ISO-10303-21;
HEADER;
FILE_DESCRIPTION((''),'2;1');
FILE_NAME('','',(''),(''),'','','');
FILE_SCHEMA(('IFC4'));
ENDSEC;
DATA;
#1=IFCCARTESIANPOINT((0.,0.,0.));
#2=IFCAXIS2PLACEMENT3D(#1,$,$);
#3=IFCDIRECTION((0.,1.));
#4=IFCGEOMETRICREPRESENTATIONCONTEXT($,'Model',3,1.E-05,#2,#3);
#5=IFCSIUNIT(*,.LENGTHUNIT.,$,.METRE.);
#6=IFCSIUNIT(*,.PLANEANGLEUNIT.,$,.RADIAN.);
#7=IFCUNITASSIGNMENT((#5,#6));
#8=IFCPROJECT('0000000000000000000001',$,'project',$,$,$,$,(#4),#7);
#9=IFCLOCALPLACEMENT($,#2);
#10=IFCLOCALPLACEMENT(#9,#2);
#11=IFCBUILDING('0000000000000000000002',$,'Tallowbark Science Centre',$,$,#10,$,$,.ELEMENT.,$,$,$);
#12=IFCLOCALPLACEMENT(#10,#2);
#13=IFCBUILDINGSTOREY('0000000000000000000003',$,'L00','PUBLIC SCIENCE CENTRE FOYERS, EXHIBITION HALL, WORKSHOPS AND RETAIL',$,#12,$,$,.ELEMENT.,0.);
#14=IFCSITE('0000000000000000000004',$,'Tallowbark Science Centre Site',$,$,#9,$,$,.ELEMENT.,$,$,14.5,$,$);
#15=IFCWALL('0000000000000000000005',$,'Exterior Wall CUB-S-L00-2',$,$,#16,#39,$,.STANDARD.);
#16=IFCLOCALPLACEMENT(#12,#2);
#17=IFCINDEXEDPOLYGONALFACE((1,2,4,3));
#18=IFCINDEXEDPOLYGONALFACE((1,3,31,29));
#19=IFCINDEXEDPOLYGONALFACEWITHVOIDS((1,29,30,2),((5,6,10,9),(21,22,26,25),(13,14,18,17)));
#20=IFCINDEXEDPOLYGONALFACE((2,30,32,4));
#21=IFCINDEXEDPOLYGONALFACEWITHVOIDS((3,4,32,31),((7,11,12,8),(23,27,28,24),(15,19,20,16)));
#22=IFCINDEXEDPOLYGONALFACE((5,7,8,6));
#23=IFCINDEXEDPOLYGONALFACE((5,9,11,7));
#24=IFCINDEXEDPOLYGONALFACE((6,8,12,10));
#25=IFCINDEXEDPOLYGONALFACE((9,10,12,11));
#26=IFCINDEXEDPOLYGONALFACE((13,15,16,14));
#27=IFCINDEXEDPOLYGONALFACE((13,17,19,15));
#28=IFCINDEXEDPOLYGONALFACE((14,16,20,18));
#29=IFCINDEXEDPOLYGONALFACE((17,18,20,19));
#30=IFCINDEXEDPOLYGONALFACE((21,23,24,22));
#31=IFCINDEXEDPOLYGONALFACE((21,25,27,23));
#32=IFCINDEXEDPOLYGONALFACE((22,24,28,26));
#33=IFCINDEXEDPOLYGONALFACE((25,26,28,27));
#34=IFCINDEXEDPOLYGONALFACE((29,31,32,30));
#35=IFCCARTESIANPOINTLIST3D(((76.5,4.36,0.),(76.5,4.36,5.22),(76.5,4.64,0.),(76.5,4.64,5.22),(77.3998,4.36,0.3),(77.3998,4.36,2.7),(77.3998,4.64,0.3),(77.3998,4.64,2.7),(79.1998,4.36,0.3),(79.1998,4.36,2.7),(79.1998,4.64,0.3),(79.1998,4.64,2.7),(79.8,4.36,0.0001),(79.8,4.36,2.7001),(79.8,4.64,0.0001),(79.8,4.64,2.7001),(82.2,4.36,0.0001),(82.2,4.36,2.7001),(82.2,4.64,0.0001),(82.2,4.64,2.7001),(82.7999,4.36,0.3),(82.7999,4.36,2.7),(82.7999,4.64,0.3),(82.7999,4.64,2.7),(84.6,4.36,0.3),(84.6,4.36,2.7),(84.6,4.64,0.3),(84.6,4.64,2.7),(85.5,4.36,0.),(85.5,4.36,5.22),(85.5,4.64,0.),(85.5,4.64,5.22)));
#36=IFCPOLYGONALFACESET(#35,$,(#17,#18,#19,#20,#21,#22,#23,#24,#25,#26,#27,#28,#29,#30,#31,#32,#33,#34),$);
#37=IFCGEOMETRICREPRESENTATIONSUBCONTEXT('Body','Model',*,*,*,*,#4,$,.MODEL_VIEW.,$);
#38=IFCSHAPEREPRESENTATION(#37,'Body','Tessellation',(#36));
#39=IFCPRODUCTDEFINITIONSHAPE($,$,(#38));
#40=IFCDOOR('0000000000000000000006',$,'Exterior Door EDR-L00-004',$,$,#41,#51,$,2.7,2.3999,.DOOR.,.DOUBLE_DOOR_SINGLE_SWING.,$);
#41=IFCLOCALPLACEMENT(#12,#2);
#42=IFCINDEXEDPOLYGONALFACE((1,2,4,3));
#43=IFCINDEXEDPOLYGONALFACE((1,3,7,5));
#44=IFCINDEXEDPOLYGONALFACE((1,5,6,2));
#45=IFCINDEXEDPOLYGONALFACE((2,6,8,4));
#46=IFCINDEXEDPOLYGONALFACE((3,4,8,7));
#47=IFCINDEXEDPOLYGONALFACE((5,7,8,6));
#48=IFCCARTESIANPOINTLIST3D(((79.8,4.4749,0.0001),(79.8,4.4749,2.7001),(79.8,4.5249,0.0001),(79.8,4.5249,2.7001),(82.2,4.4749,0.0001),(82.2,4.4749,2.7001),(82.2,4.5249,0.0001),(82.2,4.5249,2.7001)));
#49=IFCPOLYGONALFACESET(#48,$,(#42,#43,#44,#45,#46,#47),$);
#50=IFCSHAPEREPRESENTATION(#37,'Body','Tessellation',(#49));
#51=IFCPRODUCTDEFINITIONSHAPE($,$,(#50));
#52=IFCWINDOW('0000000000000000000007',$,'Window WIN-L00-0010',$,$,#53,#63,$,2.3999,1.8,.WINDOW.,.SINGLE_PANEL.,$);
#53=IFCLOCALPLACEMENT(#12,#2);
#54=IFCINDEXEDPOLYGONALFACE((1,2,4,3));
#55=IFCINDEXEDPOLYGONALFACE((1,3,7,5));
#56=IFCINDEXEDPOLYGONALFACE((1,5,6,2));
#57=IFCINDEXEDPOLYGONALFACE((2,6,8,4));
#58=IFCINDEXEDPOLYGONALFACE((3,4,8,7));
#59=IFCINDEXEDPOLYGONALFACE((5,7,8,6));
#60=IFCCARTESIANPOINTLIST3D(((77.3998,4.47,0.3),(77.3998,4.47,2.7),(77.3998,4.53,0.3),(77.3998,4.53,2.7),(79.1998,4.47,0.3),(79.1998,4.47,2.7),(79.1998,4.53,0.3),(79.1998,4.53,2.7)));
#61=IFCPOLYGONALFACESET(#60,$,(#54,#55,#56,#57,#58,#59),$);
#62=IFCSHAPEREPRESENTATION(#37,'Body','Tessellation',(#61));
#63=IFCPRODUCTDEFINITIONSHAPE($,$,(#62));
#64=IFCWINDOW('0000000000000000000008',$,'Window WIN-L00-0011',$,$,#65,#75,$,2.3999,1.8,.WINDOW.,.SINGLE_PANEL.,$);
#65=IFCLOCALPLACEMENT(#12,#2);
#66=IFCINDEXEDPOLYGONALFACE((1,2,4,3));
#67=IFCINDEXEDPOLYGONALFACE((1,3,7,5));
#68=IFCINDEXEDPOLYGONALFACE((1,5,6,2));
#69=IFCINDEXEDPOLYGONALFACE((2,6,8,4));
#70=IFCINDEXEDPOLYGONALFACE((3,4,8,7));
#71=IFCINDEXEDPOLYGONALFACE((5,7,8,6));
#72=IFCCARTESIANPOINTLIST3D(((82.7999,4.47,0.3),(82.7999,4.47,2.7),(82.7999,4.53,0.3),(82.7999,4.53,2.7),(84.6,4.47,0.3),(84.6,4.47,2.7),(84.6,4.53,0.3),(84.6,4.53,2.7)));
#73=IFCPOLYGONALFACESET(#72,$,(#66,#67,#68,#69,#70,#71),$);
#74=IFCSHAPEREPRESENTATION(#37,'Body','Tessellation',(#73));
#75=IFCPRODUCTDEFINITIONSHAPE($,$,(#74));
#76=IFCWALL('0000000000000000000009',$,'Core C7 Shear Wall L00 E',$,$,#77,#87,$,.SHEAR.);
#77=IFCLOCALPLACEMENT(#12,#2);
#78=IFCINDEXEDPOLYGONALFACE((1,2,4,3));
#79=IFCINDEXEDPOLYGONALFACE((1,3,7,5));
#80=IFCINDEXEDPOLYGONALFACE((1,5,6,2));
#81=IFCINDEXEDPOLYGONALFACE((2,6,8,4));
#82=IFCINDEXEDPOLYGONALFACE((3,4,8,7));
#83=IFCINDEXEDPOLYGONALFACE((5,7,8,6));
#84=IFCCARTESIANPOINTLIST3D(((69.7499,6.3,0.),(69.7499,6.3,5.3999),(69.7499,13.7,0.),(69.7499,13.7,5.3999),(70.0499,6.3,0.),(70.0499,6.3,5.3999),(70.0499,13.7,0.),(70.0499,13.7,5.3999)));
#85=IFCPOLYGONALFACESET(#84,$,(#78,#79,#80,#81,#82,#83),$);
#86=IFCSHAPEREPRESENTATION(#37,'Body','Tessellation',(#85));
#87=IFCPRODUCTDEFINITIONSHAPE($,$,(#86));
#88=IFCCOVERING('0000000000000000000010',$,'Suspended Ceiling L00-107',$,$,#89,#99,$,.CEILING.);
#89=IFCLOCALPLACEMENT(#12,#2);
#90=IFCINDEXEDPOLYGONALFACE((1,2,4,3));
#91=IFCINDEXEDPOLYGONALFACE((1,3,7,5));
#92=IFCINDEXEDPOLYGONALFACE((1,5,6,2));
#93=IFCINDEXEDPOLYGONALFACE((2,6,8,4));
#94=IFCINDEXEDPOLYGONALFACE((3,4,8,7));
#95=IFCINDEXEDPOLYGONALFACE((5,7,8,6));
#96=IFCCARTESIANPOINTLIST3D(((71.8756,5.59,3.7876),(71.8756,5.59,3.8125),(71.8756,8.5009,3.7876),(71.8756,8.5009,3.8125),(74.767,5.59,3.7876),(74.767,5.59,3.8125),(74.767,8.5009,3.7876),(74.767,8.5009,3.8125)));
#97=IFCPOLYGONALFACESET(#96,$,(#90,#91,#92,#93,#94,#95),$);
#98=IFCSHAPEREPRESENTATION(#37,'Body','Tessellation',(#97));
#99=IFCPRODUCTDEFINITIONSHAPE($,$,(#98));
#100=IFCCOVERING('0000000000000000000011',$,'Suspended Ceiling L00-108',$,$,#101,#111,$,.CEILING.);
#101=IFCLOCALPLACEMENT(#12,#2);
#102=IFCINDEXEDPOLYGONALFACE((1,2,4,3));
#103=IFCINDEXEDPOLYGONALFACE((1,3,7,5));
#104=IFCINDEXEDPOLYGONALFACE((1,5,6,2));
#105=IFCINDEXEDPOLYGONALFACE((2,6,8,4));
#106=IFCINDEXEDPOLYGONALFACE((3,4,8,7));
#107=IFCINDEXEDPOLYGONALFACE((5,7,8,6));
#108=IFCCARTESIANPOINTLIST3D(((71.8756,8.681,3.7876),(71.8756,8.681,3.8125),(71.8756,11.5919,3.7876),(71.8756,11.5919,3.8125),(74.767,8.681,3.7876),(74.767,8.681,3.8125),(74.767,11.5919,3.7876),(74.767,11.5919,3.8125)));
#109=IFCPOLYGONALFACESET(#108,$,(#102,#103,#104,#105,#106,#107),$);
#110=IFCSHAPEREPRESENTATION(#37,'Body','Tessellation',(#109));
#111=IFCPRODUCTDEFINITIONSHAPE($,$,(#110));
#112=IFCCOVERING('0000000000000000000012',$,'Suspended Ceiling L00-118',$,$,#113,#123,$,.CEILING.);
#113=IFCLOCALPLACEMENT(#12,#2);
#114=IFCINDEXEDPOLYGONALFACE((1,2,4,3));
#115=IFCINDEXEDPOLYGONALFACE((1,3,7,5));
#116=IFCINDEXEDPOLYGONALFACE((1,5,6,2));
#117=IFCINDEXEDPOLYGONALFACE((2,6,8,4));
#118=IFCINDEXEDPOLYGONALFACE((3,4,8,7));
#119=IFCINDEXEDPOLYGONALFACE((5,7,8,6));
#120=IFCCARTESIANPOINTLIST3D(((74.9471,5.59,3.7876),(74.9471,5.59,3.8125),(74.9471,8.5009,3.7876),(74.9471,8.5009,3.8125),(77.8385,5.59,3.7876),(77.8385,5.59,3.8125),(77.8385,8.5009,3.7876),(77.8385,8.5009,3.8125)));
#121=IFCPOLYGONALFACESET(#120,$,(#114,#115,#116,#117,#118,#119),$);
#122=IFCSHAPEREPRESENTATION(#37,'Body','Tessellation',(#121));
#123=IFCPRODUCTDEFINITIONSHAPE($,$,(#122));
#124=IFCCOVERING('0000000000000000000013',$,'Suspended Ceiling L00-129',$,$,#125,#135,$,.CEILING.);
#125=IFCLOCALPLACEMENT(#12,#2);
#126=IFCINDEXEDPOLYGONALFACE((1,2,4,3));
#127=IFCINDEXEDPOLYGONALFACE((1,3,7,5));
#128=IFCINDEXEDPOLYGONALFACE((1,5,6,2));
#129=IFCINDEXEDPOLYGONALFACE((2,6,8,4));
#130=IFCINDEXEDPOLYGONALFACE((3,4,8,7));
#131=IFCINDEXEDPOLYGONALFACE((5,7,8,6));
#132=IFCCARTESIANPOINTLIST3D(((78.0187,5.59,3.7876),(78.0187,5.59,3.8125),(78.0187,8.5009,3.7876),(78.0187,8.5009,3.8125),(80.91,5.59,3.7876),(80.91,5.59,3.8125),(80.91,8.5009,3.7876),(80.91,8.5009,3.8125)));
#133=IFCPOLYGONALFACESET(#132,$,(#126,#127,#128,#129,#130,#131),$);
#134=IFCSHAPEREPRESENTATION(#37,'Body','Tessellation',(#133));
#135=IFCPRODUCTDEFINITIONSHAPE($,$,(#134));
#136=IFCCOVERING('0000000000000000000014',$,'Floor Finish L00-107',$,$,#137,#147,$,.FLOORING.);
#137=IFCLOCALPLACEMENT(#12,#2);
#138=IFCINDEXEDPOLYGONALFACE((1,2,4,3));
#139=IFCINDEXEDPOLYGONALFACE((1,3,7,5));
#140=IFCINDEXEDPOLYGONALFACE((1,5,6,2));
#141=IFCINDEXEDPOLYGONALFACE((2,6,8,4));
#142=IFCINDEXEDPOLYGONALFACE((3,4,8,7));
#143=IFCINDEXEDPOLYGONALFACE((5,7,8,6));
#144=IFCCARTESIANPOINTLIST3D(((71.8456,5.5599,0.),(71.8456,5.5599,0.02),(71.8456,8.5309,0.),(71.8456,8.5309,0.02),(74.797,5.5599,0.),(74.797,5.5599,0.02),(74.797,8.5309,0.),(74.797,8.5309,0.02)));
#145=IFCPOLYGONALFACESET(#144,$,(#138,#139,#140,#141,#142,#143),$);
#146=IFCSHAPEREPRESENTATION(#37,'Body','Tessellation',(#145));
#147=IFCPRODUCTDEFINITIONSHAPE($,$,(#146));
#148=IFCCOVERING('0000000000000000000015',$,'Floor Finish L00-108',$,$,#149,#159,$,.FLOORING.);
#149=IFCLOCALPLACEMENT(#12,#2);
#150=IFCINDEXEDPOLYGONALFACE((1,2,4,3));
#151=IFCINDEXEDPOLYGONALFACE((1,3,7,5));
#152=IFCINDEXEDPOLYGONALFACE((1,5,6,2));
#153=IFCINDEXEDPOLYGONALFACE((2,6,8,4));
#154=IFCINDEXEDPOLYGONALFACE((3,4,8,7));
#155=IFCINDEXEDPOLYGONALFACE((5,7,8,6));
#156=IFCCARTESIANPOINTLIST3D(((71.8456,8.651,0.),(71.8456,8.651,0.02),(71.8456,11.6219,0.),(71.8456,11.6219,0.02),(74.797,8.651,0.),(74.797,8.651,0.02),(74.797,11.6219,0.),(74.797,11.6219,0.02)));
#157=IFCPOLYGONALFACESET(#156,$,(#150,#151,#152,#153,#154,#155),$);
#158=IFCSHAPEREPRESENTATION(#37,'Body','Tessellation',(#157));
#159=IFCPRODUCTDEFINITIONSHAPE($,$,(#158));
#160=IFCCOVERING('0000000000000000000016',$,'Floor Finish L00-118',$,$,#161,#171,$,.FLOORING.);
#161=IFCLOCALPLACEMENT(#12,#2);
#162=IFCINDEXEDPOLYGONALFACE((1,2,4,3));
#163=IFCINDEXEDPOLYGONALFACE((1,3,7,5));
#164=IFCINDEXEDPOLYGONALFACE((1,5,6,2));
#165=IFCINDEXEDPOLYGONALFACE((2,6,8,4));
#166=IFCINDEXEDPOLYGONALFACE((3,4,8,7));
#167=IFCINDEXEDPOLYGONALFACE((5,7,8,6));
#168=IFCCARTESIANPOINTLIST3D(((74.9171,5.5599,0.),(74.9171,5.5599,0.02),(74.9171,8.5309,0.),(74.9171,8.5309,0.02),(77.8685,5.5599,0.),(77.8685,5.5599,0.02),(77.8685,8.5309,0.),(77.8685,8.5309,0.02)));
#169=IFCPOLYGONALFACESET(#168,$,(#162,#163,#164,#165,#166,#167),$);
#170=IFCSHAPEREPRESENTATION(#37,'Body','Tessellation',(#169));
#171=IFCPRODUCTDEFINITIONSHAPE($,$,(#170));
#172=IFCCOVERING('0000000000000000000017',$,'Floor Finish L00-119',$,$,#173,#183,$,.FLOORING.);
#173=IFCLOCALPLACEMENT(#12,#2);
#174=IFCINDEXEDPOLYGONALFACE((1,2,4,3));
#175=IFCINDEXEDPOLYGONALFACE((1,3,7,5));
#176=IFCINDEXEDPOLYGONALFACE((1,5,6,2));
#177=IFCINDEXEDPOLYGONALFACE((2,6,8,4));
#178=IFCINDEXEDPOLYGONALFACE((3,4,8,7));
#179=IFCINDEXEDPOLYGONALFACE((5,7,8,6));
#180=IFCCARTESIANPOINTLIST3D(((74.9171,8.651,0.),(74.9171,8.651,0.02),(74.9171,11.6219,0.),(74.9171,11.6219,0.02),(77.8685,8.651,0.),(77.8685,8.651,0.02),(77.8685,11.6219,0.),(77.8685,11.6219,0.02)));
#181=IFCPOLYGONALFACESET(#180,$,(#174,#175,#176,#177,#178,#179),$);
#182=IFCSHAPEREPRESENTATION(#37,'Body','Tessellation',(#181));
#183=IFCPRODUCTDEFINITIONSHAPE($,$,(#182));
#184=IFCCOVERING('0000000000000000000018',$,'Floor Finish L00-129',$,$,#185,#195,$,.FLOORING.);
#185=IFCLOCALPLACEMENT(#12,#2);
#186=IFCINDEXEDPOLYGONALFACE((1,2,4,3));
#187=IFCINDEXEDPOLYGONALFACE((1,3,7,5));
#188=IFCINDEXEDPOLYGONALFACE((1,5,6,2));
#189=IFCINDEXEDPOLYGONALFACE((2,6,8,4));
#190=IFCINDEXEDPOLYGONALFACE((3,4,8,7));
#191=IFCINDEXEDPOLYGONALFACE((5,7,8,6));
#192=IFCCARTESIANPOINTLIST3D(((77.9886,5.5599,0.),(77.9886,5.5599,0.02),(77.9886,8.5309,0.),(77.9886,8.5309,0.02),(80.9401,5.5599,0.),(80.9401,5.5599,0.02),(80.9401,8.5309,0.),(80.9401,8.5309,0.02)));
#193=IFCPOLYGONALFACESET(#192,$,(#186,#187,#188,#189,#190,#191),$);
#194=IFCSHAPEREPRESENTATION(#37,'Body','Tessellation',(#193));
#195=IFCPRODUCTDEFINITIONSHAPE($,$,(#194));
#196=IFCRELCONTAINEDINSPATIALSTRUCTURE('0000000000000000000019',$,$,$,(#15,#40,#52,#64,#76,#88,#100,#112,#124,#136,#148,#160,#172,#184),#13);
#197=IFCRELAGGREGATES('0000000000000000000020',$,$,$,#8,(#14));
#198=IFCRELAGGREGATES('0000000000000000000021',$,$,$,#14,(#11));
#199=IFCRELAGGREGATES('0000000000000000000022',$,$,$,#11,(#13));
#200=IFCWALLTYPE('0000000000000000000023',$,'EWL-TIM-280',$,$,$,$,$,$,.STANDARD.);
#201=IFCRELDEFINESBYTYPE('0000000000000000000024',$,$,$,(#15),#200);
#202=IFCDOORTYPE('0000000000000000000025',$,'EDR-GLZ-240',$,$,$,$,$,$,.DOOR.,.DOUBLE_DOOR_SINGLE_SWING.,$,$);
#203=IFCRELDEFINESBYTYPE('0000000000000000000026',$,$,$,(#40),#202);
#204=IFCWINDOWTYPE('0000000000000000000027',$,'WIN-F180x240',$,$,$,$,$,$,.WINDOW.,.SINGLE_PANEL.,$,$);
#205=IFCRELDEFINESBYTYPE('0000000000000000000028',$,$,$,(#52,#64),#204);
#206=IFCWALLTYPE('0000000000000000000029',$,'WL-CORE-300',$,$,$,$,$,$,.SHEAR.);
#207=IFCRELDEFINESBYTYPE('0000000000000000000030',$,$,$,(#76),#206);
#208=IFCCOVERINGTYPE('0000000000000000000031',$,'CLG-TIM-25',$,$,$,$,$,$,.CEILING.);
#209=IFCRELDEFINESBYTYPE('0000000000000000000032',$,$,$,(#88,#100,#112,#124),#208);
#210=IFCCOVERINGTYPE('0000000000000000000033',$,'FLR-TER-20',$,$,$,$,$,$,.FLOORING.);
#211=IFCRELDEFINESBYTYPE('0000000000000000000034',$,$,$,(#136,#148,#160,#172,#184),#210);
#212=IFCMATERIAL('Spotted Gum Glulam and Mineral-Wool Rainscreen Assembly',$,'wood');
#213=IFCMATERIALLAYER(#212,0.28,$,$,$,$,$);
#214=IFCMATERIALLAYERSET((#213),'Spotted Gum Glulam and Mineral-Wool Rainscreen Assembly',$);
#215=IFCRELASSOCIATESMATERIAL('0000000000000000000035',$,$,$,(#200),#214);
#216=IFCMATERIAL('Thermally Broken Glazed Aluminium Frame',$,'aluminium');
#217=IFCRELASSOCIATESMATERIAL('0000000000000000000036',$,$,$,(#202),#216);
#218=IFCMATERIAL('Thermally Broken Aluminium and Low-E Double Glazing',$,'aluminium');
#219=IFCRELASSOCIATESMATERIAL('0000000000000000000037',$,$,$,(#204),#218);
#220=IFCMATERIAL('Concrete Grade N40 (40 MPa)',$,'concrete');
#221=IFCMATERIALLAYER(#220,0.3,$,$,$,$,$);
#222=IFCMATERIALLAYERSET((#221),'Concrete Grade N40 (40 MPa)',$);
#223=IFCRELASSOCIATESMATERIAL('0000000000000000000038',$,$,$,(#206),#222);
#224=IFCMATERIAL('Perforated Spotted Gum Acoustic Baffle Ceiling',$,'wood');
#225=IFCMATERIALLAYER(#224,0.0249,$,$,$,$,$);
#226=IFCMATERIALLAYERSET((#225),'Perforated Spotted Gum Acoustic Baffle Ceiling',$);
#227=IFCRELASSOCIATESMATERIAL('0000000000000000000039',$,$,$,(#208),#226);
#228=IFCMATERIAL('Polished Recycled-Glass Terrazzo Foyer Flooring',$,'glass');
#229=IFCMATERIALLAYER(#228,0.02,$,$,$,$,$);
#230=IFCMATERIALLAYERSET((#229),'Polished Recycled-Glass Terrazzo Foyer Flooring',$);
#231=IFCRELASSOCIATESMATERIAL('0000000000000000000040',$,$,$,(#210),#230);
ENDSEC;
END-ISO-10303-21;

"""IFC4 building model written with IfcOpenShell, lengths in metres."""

from ifc_helpers import new_model, si_unit, direction, frame, frame_2d, origin, origin_2d, place, context, subcontext, project, spatial, rectangle, extrude, material, layer, layer_set, type_object, element, fill, save


model = new_model("IFC4")

# Units and contexts
model_context = context("Model", 3, precision=1e-05, world=origin(), true_north=direction((0.0, 1.0)))
body_context = subcontext(model_context, "Body", "Model", "MODEL_VIEW")
ifc_project = project(units=[si_unit("LENGTHUNIT", "METRE"), si_unit("PLANEANGLEUNIT", "RADIAN")], contexts=[model_context])

# Site, building, storey
site_placement = place(None, origin())
site = spatial("IfcSite", under=ifc_project, at=site_placement, Name="Tallowbark Science Centre Site", CompositionType="ELEMENT", RefElevation=14.5)
building_placement = place(site_placement, origin())
building = spatial("IfcBuilding", under=site, at=building_placement, Name="Tallowbark Science Centre", CompositionType="ELEMENT")
storey_placement = place(building_placement, origin())
storey = spatial("IfcBuildingStorey", under=building, at=storey_placement, Name="L00", Description="PUBLIC SCIENCE CENTRE FOYERS, EXHIBITION HALL, WORKSHOPS AND RETAIL", CompositionType="ELEMENT", Elevation=0.0)

# Wall, openings, door, windows
ifc_material_1 = material(Name="Spotted Gum Glulam and Mineral-Wool Rainscreen Assembly", Category="wood")
ifc_layer_1 = layer(ifc_material_1, 0.28)
ifc_layer_set_1 = layer_set([ifc_layer_1], Name="Spotted Gum Glulam and Mineral-Wool Rainscreen Assembly")
wall_type_1 = type_object("IfcWallType", Name="EWL-TIM-280", PredefinedType="STANDARD", material=ifc_layer_set_1)
wall_1_placement = place(storey_placement, frame((76.5, 4.5, 0.0), z_axis=(0.0, 0.0, 1.0), x_axis=(1.0, 0.0, 0.0)))
wall_1 = element("IfcWall", 1, at=wall_1_placement, inside=storey, type_object=wall_type_1, Name="Exterior Wall CUB-S-L00-2", PredefinedType="STANDARD", context=body_context, shape_type="SweptSolid", body=[
    extrude(rectangle(XDim=9.0, YDim=0.28, at=frame_2d((4.5, 0.0))), origin(), (0.0, 0.0, 1.0), 5.22),
])
opening_1_placement = place(wall_1_placement, frame((0.8999, 0.0, 0.3)))
opening_1 = element("IfcOpeningElement", 2, at=opening_1_placement, cuts=wall_1, PredefinedType="OPENING", context=body_context, shape_type="SweptSolid", body=[
    extrude(rectangle(XDim=1.8, YDim=2.3999, at=frame_2d((0.8999, 1.2))), frame((0.0, 0.1499, 0.0), z_axis=(0.0, -1.0, 0.0), x_axis=(1.0, 0.0, 0.0)), (0.0, 0.0, 1.0), 0.3),
])
opening_2_placement = place(wall_1_placement, frame((6.3, 0.0, 0.3)))
opening_2 = element("IfcOpeningElement", 3, at=opening_2_placement, cuts=wall_1, PredefinedType="OPENING", context=body_context, shape_type="SweptSolid", body=[
    extrude(rectangle(XDim=1.8, YDim=2.3999, at=frame_2d((0.8999, 1.2))), frame((0.0, 0.1499, 0.0), z_axis=(0.0, -1.0, 0.0), x_axis=(1.0, 0.0, 0.0)), (0.0, 0.0, 1.0), 0.3),
])
opening_3_placement = place(wall_1_placement, frame((3.3, 0.0, 0.0)))
opening_3 = element("IfcOpeningElement", 4, at=opening_3_placement, cuts=wall_1, PredefinedType="OPENING", context=body_context, shape_type="SweptSolid", body=[
    extrude(rectangle(XDim=2.3999, YDim=2.7, at=frame_2d((1.2, 1.3501))), frame((0.0, 0.1499, 0.0), z_axis=(0.0, -1.0, 0.0), x_axis=(1.0, 0.0, 0.0)), (0.0, 0.0, 1.0), 0.3),
])
ifc_material_2 = material(Name="Thermally Broken Glazed Aluminium Frame", Category="aluminium")
door_type = type_object("IfcDoorType", Name="EDR-GLZ-240", OperationType="DOUBLE_DOOR_SINGLE_SWING", PredefinedType="DOOR", material=ifc_material_2)
door_placement = place(opening_3_placement, origin())
door = element("IfcDoor", 5, at=door_placement, inside=storey, type_object=door_type, Name="Exterior Door EDR-L00-004", OperationType="DOUBLE_DOOR_SINGLE_SWING", OverallHeight=2.7, OverallWidth=2.3999, PredefinedType="DOOR", context=body_context, shape_type="SweptSolid", body=[
    extrude(rectangle(XDim=2.3999, YDim=2.7, at=frame_2d((1.2, 1.3501))), frame((0.0, 0.0249, 0.0), z_axis=(0.0, -1.0, 0.0), x_axis=(1.0, 0.0, 0.0)), (0.0, 0.0, 1.0), 0.05),
])
fill(opening_3, door)
ifc_material_3 = material(Name="Thermally Broken Aluminium and Low-E Double Glazing", Category="aluminium")
window_type = type_object("IfcWindowType", Name="WIN-F180x240", PartitioningType="SINGLE_PANEL", PredefinedType="WINDOW", material=ifc_material_3)
window_1_placement = place(opening_1_placement, origin())
window_1 = element("IfcWindow", 6, at=window_1_placement, inside=storey, type_object=window_type, Name="Window WIN-L00-0010", OverallHeight=2.3999, OverallWidth=1.8, PartitioningType="SINGLE_PANEL", PredefinedType="WINDOW", context=body_context, shape_type="SweptSolid", body=[
    extrude(rectangle(XDim=1.8, YDim=2.3999, at=frame_2d((0.8999, 1.2))), frame((0.0, 0.03, 0.0), z_axis=(0.0, -1.0, 0.0), x_axis=(1.0, 0.0, 0.0)), (0.0, 0.0, 1.0), 0.0601),
])
fill(opening_1, window_1)
window_2_placement = place(opening_2_placement, origin())
window_2 = element("IfcWindow", 7, at=window_2_placement, inside=storey, type_object=window_type, Name="Window WIN-L00-0011", OverallHeight=2.3999, OverallWidth=1.8, PartitioningType="SINGLE_PANEL", PredefinedType="WINDOW", context=body_context, shape_type="SweptSolid", body=[
    extrude(rectangle(XDim=1.8, YDim=2.3999, at=frame_2d((0.8999, 1.2))), frame((0.0, 0.03, 0.0), z_axis=(0.0, -1.0, 0.0), x_axis=(1.0, 0.0, 0.0)), (0.0, 0.0, 1.0), 0.0601),
])
fill(opening_2, window_2)

# Wall
ifc_material_4 = material(Name="Concrete Grade N40 (40 MPa)", Category="concrete")
ifc_layer_2 = layer(ifc_material_4, 0.3)
ifc_layer_set_2 = layer_set([ifc_layer_2], Name="Concrete Grade N40 (40 MPa)")
wall_type_2 = type_object("IfcWallType", Name="WL-CORE-300", PredefinedType="SHEAR", material=ifc_layer_set_2)
wall_2_placement = place(storey_placement, frame((69.8999, 6.3, 0.0), z_axis=(0.0, 0.0, 1.0), x_axis=(0.0, 1.0, 0.0)))
element("IfcWall", 8, at=wall_2_placement, inside=storey, type_object=wall_type_2, Name="Core C7 Shear Wall L00 E", PredefinedType="SHEAR", context=body_context, shape_type="SweptSolid", body=[
    extrude(rectangle(XDim=7.3999, YDim=0.3, at=frame_2d((3.7, 0.0))), origin(), (0.0, 0.0, 1.0), 5.3999),
])

# Coverings
ifc_material_5 = material(Name="Perforated Spotted Gum Acoustic Baffle Ceiling", Category="wood")
ifc_layer_3 = layer(ifc_material_5, 0.0249)
ifc_layer_set_3 = layer_set([ifc_layer_3], Name="Perforated Spotted Gum Acoustic Baffle Ceiling")
covering_type_1 = type_object("IfcCoveringType", Name="CLG-TIM-25", PredefinedType="CEILING", material=ifc_layer_set_3)
for number, where, z_axis, x_axis, name in (
    (9, (73.3213, 7.0454, 3.7876), (0.0, 0.0, 1.0), (1.0, 0.0, 0.0), "Suspended Ceiling L00-107"),
    (10, (73.3213, 10.1365, 3.7876), (0.0, 0.0, 1.0), (1.0, 0.0, 0.0), "Suspended Ceiling L00-108"),
    (11, (76.3928, 7.0454, 3.7876), (0.0, 0.0, 1.0), (1.0, 0.0, 0.0), "Suspended Ceiling L00-118"),
    (12, (79.4644, 7.0454, 3.7876), (0.0, 0.0, 1.0), (1.0, 0.0, 0.0), "Suspended Ceiling L00-129"),
):
    element("IfcCovering", number, at=place(storey_placement, frame(where, z_axis=z_axis, x_axis=x_axis)), inside=storey, type_object=covering_type_1, Name=name, PredefinedType="CEILING", context=body_context, shape_type="SweptSolid", body=[
        extrude(rectangle(XDim=2.8914, YDim=2.9109, at=origin_2d()), origin(), (0.0, 0.0, 1.0), 0.0249),
    ])
ifc_material_6 = material(Name="Polished Recycled-Glass Terrazzo Foyer Flooring", Category="glass")
ifc_layer_4 = layer(ifc_material_6, 0.02)
ifc_layer_set_4 = layer_set([ifc_layer_4], Name="Polished Recycled-Glass Terrazzo Foyer Flooring")
covering_type_2 = type_object("IfcCoveringType", Name="FLR-TER-20", PredefinedType="FLOORING", material=ifc_layer_set_4)
for number, where, z_axis, x_axis, name in (
    (13, (73.3213, 7.0454, 0.0), (0.0, 0.0, 1.0), (1.0, 0.0, 0.0), "Floor Finish L00-107"),
    (14, (73.3213, 10.1365, 0.0), (0.0, 0.0, 1.0), (1.0, 0.0, 0.0), "Floor Finish L00-108"),
    (15, (76.3928, 7.0454, 0.0), (0.0, 0.0, 1.0), (1.0, 0.0, 0.0), "Floor Finish L00-118"),
    (16, (76.3928, 10.1365, 0.0), (0.0, 0.0, 1.0), (1.0, 0.0, 0.0), "Floor Finish L00-119"),
    (17, (79.4644, 7.0454, 0.0), (0.0, 0.0, 1.0), (1.0, 0.0, 0.0), "Floor Finish L00-129"),
):
    element("IfcCovering", number, at=place(storey_placement, frame(where, z_axis=z_axis, x_axis=x_axis)), inside=storey, type_object=covering_type_2, Name=name, PredefinedType="FLOORING", context=body_context, shape_type="SweptSolid", body=[
        extrude(rectangle(XDim=2.9514, YDim=2.9709, at=origin_2d()), origin(), (0.0, 0.0, 1.0), 0.02),
    ])

save(model, "model.ifc")
